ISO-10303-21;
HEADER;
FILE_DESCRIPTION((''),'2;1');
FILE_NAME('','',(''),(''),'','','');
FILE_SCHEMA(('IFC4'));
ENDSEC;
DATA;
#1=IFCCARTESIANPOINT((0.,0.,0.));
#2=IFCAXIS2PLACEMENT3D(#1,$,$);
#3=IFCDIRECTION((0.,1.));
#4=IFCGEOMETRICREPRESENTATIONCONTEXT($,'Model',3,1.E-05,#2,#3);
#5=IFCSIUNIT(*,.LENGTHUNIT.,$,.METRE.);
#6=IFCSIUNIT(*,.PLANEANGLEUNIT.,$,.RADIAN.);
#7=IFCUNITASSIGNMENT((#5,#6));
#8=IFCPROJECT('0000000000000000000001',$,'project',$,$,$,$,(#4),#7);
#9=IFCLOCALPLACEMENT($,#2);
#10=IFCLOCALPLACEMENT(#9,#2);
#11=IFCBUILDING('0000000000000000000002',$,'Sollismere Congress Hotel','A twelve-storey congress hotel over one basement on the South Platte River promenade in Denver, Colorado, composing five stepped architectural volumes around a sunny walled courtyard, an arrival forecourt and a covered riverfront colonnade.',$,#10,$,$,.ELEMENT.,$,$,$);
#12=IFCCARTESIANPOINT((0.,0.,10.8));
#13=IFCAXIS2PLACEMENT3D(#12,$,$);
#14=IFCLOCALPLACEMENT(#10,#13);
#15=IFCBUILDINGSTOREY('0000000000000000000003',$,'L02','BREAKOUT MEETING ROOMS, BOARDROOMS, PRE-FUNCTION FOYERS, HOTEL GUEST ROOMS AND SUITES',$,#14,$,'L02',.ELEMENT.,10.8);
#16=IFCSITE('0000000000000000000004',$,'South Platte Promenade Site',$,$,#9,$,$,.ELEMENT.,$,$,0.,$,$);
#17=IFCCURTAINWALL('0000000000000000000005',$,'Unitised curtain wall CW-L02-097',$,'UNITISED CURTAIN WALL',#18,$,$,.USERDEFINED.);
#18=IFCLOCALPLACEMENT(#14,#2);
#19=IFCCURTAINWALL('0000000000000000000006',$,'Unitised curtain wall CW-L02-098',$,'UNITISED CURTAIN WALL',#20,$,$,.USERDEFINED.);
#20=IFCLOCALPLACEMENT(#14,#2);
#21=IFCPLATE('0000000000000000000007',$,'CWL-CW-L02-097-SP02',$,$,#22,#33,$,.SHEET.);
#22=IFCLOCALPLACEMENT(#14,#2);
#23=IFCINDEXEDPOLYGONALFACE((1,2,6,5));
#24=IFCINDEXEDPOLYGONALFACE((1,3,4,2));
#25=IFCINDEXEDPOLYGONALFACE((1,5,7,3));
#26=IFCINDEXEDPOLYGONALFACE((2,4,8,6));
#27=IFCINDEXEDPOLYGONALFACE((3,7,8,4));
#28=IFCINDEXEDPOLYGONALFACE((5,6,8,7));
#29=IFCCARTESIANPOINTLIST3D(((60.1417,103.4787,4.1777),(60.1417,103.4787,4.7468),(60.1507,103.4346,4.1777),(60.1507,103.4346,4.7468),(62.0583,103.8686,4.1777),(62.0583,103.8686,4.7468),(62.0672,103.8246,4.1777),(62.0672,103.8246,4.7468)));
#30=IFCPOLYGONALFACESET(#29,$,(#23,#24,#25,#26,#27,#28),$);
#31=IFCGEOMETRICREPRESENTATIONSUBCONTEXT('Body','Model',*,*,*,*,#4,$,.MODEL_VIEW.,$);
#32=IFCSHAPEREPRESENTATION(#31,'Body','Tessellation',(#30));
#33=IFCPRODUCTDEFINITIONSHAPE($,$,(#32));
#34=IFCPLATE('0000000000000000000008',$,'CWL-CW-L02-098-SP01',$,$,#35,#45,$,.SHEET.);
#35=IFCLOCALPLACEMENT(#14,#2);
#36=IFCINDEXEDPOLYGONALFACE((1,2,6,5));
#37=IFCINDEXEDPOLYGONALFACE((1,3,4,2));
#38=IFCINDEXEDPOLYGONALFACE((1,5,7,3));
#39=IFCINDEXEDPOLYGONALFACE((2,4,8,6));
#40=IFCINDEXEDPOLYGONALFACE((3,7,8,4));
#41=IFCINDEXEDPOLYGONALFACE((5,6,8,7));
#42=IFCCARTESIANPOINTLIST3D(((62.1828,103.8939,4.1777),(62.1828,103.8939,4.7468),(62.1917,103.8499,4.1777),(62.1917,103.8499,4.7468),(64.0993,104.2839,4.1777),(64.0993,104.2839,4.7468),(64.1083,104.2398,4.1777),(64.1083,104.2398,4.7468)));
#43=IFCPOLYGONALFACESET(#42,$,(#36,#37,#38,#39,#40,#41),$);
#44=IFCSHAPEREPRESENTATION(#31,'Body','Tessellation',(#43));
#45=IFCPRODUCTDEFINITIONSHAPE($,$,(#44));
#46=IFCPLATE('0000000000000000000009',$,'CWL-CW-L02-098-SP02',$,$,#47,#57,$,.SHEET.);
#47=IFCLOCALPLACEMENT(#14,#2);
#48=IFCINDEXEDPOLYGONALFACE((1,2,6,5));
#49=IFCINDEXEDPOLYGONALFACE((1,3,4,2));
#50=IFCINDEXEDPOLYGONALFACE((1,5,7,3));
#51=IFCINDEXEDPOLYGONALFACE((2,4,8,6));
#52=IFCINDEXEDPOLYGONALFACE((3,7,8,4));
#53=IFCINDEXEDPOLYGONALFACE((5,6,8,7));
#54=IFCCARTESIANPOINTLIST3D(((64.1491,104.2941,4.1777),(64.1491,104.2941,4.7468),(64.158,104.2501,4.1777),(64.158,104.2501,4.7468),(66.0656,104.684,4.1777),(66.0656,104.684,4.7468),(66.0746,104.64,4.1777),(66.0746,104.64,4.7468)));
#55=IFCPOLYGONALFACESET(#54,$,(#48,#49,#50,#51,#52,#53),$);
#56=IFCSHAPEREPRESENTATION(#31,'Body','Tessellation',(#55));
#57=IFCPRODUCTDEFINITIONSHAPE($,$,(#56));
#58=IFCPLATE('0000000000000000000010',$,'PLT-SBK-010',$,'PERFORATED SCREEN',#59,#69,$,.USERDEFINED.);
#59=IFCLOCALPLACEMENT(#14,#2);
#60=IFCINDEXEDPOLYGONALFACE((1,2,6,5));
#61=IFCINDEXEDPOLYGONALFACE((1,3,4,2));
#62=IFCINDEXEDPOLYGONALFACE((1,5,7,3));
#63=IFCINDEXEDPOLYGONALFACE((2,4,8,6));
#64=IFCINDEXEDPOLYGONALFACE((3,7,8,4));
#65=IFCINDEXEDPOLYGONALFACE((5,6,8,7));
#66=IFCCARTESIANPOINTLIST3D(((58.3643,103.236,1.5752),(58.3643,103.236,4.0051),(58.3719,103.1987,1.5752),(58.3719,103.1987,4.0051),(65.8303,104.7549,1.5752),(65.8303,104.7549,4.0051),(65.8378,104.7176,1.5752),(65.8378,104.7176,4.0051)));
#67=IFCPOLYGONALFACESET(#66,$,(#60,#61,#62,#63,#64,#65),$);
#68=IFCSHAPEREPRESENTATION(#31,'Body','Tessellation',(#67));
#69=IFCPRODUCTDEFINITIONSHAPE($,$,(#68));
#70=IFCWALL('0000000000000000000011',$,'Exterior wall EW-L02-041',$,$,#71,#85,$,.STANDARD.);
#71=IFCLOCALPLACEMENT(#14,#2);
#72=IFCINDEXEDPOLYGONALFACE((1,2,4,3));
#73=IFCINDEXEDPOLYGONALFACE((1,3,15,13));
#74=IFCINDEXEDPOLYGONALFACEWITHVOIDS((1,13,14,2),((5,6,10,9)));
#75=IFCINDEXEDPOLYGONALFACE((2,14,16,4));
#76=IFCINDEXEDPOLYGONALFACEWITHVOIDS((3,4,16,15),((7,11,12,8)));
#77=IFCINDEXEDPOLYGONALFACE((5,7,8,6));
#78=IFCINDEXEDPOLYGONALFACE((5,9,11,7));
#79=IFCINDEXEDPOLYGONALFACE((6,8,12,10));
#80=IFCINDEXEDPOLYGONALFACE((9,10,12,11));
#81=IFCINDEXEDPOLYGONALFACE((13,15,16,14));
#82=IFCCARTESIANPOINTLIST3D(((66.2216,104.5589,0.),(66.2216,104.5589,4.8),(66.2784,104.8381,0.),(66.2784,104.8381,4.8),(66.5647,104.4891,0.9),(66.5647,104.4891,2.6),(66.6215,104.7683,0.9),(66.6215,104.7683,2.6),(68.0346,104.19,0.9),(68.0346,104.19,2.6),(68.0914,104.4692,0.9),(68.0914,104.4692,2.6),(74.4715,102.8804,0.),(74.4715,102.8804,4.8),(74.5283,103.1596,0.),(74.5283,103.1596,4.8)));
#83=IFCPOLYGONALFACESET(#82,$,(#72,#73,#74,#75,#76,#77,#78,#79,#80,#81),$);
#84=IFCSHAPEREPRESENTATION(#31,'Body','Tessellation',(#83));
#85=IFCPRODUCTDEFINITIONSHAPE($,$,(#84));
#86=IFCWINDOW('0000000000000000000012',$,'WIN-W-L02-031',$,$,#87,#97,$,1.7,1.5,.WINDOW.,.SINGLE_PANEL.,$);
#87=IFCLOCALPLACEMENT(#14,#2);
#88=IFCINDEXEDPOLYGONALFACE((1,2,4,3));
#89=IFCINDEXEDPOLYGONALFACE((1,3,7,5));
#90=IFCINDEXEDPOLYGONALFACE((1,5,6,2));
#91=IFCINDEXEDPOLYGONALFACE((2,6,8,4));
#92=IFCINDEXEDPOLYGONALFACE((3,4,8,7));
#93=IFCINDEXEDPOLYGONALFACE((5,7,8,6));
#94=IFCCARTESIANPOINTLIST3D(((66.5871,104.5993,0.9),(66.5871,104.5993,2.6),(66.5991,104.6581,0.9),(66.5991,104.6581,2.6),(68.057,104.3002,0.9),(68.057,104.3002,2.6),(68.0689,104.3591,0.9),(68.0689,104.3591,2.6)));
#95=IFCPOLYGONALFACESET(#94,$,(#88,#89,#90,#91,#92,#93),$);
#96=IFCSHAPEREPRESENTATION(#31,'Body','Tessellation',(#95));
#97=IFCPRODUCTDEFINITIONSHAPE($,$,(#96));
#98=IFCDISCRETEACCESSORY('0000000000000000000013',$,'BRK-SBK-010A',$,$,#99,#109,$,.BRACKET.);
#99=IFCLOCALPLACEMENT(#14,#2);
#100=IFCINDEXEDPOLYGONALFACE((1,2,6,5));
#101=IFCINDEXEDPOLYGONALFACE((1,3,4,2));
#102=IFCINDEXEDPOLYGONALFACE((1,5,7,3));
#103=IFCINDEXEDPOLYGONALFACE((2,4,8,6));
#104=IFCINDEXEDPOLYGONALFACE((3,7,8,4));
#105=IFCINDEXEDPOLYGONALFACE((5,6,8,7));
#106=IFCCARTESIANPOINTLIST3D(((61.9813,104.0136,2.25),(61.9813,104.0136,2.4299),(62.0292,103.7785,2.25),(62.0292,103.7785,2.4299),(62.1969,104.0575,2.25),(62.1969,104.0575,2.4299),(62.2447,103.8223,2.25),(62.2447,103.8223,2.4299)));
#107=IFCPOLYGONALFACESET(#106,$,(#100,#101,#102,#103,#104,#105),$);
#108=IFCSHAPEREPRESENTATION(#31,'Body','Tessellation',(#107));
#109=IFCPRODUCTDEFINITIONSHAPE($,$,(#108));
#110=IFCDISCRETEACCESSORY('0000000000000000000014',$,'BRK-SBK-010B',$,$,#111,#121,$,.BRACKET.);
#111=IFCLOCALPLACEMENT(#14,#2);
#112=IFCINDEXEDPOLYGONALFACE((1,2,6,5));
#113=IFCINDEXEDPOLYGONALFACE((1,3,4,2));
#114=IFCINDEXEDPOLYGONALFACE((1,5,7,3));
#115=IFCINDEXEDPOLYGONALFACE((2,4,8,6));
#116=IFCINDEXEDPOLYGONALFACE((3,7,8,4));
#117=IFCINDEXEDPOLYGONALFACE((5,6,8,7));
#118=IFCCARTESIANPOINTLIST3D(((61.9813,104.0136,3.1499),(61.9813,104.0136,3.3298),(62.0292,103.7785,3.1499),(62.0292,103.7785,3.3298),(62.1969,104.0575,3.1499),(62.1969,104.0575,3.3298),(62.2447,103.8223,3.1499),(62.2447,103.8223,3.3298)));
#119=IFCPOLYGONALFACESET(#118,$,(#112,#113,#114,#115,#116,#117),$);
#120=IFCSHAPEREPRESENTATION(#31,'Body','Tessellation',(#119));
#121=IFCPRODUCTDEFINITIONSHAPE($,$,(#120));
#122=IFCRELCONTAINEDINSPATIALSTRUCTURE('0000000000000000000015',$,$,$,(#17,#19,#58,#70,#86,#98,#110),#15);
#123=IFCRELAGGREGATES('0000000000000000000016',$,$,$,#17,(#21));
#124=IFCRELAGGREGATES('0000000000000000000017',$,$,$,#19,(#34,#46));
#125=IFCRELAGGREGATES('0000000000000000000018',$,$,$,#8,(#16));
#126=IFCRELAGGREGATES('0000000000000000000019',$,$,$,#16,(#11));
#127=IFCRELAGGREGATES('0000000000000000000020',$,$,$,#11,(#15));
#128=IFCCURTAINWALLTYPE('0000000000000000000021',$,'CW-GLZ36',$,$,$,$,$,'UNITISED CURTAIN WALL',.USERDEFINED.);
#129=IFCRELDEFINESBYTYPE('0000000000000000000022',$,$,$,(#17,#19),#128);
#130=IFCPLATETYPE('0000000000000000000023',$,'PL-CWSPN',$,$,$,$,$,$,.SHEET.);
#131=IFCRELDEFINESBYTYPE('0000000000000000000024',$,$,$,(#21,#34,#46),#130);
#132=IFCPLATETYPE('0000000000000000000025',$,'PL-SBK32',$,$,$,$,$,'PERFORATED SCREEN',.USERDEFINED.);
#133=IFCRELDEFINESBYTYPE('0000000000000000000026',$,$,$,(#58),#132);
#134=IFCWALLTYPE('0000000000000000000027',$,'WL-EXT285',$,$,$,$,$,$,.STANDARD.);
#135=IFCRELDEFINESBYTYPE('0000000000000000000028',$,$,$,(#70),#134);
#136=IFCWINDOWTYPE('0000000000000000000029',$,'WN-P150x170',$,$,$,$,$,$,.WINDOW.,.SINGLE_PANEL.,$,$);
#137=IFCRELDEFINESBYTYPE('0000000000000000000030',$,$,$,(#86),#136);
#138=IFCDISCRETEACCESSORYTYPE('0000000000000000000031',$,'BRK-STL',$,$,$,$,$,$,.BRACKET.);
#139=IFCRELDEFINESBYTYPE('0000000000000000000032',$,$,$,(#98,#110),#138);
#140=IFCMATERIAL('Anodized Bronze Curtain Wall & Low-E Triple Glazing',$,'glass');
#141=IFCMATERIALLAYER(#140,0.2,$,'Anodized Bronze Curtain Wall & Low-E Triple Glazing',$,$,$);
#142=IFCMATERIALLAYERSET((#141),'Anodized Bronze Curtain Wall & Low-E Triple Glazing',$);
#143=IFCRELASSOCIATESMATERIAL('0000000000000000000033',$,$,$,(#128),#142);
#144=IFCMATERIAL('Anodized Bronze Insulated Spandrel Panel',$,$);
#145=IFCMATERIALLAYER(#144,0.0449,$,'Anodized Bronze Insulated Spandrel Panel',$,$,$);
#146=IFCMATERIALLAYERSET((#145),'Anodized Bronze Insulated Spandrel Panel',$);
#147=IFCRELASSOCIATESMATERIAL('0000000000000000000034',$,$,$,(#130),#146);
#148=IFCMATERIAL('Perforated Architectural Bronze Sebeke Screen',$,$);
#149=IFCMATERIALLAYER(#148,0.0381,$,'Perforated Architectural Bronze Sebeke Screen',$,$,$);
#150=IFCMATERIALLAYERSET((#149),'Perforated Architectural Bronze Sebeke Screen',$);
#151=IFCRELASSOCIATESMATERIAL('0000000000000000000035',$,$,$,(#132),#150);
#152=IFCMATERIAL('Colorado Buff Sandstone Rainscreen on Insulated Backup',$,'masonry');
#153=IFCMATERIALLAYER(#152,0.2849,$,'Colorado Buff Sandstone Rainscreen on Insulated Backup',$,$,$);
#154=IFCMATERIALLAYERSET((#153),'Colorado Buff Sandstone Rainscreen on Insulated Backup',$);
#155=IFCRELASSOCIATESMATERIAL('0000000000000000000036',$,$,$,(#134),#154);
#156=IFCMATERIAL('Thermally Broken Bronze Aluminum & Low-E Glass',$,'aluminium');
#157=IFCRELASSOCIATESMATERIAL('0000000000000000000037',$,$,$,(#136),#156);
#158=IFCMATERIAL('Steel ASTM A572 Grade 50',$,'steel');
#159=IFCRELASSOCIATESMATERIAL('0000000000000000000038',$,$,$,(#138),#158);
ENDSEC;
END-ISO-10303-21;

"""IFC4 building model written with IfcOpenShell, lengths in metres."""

from ifc_helpers import new_model, si_unit, direction, frame, frame_2d, origin, origin_2d, place, context, subcontext, project, spatial, rectangle, extrude, material, layer, layer_set, type_object, element, fill, aggregate, save


model = new_model("IFC4")

# Units and contexts
model_context = context("Model", 3, precision=1e-05, world=origin(), true_north=direction((0.0, 1.0)))
body_context = subcontext(model_context, "Body", "Model", "MODEL_VIEW")
ifc_project = project(units=[si_unit("LENGTHUNIT", "METRE"), si_unit("PLANEANGLEUNIT", "RADIAN")], contexts=[model_context])

# Site, building, storey
site_placement = place(None, origin())
site = spatial("IfcSite", under=ifc_project, at=site_placement, Name="South Platte Promenade Site", CompositionType="ELEMENT", RefElevation=0.0)
building_placement = place(site_placement, origin())
building = spatial("IfcBuilding", under=site, at=building_placement, Name="Sollismere Congress Hotel", Description="A twelve-storey congress hotel over one basement on the South Platte River promenade in Denver, Colorado, composing five stepped architectural volumes around a sunny walled courtyard, an arrival forecourt and a covered riverfront colonnade.", CompositionType="ELEMENT")
storey_placement = place(building_placement, frame((0.0, 0.0, 10.8)))
storey = spatial("IfcBuildingStorey", under=building, at=storey_placement, Name="L02", Description="BREAKOUT MEETING ROOMS, BOARDROOMS, PRE-FUNCTION FOYERS, HOTEL GUEST ROOMS AND SUITES", LongName="L02", CompositionType="ELEMENT", Elevation=10.8)

# Curtain walls
ifc_material_1 = material(Name="Anodized Bronze Curtain Wall & Low-E Triple Glazing", Category="glass")
ifc_layer_1 = layer(ifc_material_1, 0.2, Name="Anodized Bronze Curtain Wall & Low-E Triple Glazing")
ifc_layer_set_1 = layer_set([ifc_layer_1], Name="Anodized Bronze Curtain Wall & Low-E Triple Glazing")
curtain_wall_type = type_object("IfcCurtainWallType", Name="CW-GLZ36", ElementType="UNITISED CURTAIN WALL", PredefinedType="USERDEFINED", material=ifc_layer_set_1)
curtain_wall_1_placement = place(storey_placement, origin())
curtain_wall_1 = element("IfcCurtainWall", 1, at=curtain_wall_1_placement, inside=storey, type_object=curtain_wall_type, Name="Unitised curtain wall CW-L02-097", ObjectType="UNITISED CURTAIN WALL", PredefinedType="USERDEFINED")
curtain_wall_2_placement = place(storey_placement, origin())
curtain_wall_2 = element("IfcCurtainWall", 2, at=curtain_wall_2_placement, inside=storey, type_object=curtain_wall_type, Name="Unitised curtain wall CW-L02-098", ObjectType="UNITISED CURTAIN WALL", PredefinedType="USERDEFINED")

# Plates
ifc_material_2 = material(Name="Anodized Bronze Insulated Spandrel Panel")
ifc_layer_2 = layer(ifc_material_2, 0.0449, Name="Anodized Bronze Insulated Spandrel Panel")
ifc_layer_set_2 = layer_set([ifc_layer_2], Name="Anodized Bronze Insulated Spandrel Panel")
plate_type_1 = type_object("IfcPlateType", Name="PL-CWSPN", PredefinedType="SHEET", material=ifc_layer_set_2)
plate_1_placement = place(storey_placement, frame((61.1045, 103.6516, 4.1777), z_axis=(0.0, 0.0, 1.0), x_axis=(0.979925, 0.199368, 0.0)))
plate_1 = element("IfcPlate", 3, at=plate_1_placement, type_object=plate_type_1, Name="CWL-CW-L02-097-SP02", PredefinedType="SHEET", context=body_context, shape_type="SweptSolid", body=[
    extrude(rectangle(XDim=1.9558, YDim=0.0449, at=origin_2d()), origin(), (0.0, 0.0, 1.0), 0.5691),
])
aggregate(curtain_wall_1, [plate_1])
plate_2_placement = place(storey_placement, frame((63.1455, 104.0669, 4.1777), z_axis=(0.0, 0.0, 1.0), x_axis=(0.979925, 0.199368, 0.0)))
plate_2 = element("IfcPlate", 4, at=plate_2_placement, type_object=plate_type_1, Name="CWL-CW-L02-098-SP01", PredefinedType="SHEET", context=body_context, shape_type="SweptSolid", body=[
    extrude(rectangle(XDim=1.9558, YDim=0.0449, at=origin_2d()), origin(), (0.0, 0.0, 1.0), 0.5691),
])
plate_3_placement = place(storey_placement, frame((65.1118, 104.467, 4.1777), z_axis=(0.0, 0.0, 1.0), x_axis=(0.979925, 0.199368, 0.0)))
plate_3 = element("IfcPlate", 5, at=plate_3_placement, type_object=plate_type_1, Name="CWL-CW-L02-098-SP02", PredefinedType="SHEET", context=body_context, shape_type="SweptSolid", body=[
    extrude(rectangle(XDim=1.9558, YDim=0.0449, at=origin_2d()), origin(), (0.0, 0.0, 1.0), 0.5691),
])
aggregate(curtain_wall_2, [plate_2, plate_3])
ifc_material_3 = material(Name="Perforated Architectural Bronze Sebeke Screen")
ifc_layer_3 = layer(ifc_material_3, 0.0381, Name="Perforated Architectural Bronze Sebeke Screen")
ifc_layer_set_3 = layer_set([ifc_layer_3], Name="Perforated Architectural Bronze Sebeke Screen")
plate_type_2 = type_object("IfcPlateType", Name="PL-SBK32", ElementType="PERFORATED SCREEN", PredefinedType="USERDEFINED", material=ifc_layer_set_3)
plate_4_placement = place(storey_placement, frame((62.1011, 103.9768, 1.5752), z_axis=(0.0, 0.0, 1.0), x_axis=(0.979925, 0.199368, 0.0)))
element("IfcPlate", 6, at=plate_4_placement, inside=storey, type_object=plate_type_2, Name="PLT-SBK-010", ObjectType="PERFORATED SCREEN", PredefinedType="USERDEFINED", context=body_context, shape_type="SweptSolid", body=[
    extrude(rectangle(XDim=7.6189, YDim=0.0381, at=origin_2d()), origin(), (0.0, 0.0, 1.0), 2.4299),
])

# Wall, opening, window
ifc_material_4 = material(Name="Colorado Buff Sandstone Rainscreen on Insulated Backup", Category="masonry")
ifc_layer_4 = layer(ifc_material_4, 0.2849, Name="Colorado Buff Sandstone Rainscreen on Insulated Backup")
ifc_layer_set_4 = layer_set([ifc_layer_4], Name="Colorado Buff Sandstone Rainscreen on Insulated Backup")
wall_type = type_object("IfcWallType", Name="WL-EXT285", PredefinedType="STANDARD", material=ifc_layer_set_4)
wall_placement = place(storey_placement, frame((66.25, 104.6985, 0.0), z_axis=(0.0, 0.0, 1.0), x_axis=(0.979925, -0.199366, 0.0)))
wall = element("IfcWall", 7, at=wall_placement, inside=storey, type_object=wall_type, Name="Exterior wall EW-L02-041", PredefinedType="STANDARD", context=body_context, shape_type="SweptSolid", body=[
    extrude(rectangle(XDim=8.4189, YDim=0.2849, at=frame_2d((4.2095, 0.0))), origin(), (0.0, 0.0, 1.0), 4.8),
])
opening_placement = place(wall_placement, frame((0.3501, 0.0, 0.8999)))
opening = element("IfcOpeningElement", 8, at=opening_placement, cuts=wall, PredefinedType="OPENING", context=body_context, shape_type="SweptSolid", body=[
    extrude(rectangle(XDim=1.5, YDim=1.7, at=frame_2d((0.75, 0.8501))), frame((0.0, 0.1523, 0.0), z_axis=(0.0, -1.0, 0.0), x_axis=(1.0, 0.0, 0.0)), (0.0, 0.0, 1.0), 0.3049),
])
ifc_material_5 = material(Name="Thermally Broken Bronze Aluminum & Low-E Glass", Category="aluminium")
window_type = type_object("IfcWindowType", Name="WN-P150x170", PartitioningType="SINGLE_PANEL", PredefinedType="WINDOW", material=ifc_material_5)
window_placement = place(opening_placement, origin())
window = element("IfcWindow", 9, at=window_placement, inside=storey, type_object=window_type, Name="WIN-W-L02-031", OverallHeight=1.7, OverallWidth=1.5, PartitioningType="SINGLE_PANEL", PredefinedType="WINDOW", context=body_context, shape_type="SweptSolid", body=[
    extrude(rectangle(XDim=1.5, YDim=1.7, at=frame_2d((0.75, 0.8501))), frame((0.0, 0.03, 0.0), z_axis=(0.0, -1.0, 0.0), x_axis=(1.0, 0.0, 0.0)), (0.0, 0.0, 1.0), 0.0601),
])
fill(opening, window)

# Discrete accessories
ifc_material_6 = material(Name="Steel ASTM A572 Grade 50", Category="steel")
discrete_accessory_type = type_object("IfcDiscreteAccessoryType", Name="BRK-STL", PredefinedType="BRACKET", material=ifc_material_6)
for number, where, z_axis, x_axis, name in (
    (10, (62.113, 103.918, 2.25), (0.0, 0.0, 1.0), (0.979925, 0.199368, 0.0), "BRK-SBK-010A"),
    (11, (62.113, 103.918, 3.1499), (0.0, 0.0, 1.0), (0.979925, 0.199368, 0.0), "BRK-SBK-010B"),
):
    element("IfcDiscreteAccessory", number, at=place(storey_placement, frame(where, z_axis=z_axis, x_axis=x_axis)), inside=storey, type_object=discrete_accessory_type, Name=name, PredefinedType="BRACKET", context=body_context, shape_type="SweptSolid", body=[
        extrude(rectangle(XDim=0.22, YDim=0.24, at=origin_2d()), origin(), (0.0, 0.0, 1.0), 0.1799),
    ])

save(model, "model.ifc")
